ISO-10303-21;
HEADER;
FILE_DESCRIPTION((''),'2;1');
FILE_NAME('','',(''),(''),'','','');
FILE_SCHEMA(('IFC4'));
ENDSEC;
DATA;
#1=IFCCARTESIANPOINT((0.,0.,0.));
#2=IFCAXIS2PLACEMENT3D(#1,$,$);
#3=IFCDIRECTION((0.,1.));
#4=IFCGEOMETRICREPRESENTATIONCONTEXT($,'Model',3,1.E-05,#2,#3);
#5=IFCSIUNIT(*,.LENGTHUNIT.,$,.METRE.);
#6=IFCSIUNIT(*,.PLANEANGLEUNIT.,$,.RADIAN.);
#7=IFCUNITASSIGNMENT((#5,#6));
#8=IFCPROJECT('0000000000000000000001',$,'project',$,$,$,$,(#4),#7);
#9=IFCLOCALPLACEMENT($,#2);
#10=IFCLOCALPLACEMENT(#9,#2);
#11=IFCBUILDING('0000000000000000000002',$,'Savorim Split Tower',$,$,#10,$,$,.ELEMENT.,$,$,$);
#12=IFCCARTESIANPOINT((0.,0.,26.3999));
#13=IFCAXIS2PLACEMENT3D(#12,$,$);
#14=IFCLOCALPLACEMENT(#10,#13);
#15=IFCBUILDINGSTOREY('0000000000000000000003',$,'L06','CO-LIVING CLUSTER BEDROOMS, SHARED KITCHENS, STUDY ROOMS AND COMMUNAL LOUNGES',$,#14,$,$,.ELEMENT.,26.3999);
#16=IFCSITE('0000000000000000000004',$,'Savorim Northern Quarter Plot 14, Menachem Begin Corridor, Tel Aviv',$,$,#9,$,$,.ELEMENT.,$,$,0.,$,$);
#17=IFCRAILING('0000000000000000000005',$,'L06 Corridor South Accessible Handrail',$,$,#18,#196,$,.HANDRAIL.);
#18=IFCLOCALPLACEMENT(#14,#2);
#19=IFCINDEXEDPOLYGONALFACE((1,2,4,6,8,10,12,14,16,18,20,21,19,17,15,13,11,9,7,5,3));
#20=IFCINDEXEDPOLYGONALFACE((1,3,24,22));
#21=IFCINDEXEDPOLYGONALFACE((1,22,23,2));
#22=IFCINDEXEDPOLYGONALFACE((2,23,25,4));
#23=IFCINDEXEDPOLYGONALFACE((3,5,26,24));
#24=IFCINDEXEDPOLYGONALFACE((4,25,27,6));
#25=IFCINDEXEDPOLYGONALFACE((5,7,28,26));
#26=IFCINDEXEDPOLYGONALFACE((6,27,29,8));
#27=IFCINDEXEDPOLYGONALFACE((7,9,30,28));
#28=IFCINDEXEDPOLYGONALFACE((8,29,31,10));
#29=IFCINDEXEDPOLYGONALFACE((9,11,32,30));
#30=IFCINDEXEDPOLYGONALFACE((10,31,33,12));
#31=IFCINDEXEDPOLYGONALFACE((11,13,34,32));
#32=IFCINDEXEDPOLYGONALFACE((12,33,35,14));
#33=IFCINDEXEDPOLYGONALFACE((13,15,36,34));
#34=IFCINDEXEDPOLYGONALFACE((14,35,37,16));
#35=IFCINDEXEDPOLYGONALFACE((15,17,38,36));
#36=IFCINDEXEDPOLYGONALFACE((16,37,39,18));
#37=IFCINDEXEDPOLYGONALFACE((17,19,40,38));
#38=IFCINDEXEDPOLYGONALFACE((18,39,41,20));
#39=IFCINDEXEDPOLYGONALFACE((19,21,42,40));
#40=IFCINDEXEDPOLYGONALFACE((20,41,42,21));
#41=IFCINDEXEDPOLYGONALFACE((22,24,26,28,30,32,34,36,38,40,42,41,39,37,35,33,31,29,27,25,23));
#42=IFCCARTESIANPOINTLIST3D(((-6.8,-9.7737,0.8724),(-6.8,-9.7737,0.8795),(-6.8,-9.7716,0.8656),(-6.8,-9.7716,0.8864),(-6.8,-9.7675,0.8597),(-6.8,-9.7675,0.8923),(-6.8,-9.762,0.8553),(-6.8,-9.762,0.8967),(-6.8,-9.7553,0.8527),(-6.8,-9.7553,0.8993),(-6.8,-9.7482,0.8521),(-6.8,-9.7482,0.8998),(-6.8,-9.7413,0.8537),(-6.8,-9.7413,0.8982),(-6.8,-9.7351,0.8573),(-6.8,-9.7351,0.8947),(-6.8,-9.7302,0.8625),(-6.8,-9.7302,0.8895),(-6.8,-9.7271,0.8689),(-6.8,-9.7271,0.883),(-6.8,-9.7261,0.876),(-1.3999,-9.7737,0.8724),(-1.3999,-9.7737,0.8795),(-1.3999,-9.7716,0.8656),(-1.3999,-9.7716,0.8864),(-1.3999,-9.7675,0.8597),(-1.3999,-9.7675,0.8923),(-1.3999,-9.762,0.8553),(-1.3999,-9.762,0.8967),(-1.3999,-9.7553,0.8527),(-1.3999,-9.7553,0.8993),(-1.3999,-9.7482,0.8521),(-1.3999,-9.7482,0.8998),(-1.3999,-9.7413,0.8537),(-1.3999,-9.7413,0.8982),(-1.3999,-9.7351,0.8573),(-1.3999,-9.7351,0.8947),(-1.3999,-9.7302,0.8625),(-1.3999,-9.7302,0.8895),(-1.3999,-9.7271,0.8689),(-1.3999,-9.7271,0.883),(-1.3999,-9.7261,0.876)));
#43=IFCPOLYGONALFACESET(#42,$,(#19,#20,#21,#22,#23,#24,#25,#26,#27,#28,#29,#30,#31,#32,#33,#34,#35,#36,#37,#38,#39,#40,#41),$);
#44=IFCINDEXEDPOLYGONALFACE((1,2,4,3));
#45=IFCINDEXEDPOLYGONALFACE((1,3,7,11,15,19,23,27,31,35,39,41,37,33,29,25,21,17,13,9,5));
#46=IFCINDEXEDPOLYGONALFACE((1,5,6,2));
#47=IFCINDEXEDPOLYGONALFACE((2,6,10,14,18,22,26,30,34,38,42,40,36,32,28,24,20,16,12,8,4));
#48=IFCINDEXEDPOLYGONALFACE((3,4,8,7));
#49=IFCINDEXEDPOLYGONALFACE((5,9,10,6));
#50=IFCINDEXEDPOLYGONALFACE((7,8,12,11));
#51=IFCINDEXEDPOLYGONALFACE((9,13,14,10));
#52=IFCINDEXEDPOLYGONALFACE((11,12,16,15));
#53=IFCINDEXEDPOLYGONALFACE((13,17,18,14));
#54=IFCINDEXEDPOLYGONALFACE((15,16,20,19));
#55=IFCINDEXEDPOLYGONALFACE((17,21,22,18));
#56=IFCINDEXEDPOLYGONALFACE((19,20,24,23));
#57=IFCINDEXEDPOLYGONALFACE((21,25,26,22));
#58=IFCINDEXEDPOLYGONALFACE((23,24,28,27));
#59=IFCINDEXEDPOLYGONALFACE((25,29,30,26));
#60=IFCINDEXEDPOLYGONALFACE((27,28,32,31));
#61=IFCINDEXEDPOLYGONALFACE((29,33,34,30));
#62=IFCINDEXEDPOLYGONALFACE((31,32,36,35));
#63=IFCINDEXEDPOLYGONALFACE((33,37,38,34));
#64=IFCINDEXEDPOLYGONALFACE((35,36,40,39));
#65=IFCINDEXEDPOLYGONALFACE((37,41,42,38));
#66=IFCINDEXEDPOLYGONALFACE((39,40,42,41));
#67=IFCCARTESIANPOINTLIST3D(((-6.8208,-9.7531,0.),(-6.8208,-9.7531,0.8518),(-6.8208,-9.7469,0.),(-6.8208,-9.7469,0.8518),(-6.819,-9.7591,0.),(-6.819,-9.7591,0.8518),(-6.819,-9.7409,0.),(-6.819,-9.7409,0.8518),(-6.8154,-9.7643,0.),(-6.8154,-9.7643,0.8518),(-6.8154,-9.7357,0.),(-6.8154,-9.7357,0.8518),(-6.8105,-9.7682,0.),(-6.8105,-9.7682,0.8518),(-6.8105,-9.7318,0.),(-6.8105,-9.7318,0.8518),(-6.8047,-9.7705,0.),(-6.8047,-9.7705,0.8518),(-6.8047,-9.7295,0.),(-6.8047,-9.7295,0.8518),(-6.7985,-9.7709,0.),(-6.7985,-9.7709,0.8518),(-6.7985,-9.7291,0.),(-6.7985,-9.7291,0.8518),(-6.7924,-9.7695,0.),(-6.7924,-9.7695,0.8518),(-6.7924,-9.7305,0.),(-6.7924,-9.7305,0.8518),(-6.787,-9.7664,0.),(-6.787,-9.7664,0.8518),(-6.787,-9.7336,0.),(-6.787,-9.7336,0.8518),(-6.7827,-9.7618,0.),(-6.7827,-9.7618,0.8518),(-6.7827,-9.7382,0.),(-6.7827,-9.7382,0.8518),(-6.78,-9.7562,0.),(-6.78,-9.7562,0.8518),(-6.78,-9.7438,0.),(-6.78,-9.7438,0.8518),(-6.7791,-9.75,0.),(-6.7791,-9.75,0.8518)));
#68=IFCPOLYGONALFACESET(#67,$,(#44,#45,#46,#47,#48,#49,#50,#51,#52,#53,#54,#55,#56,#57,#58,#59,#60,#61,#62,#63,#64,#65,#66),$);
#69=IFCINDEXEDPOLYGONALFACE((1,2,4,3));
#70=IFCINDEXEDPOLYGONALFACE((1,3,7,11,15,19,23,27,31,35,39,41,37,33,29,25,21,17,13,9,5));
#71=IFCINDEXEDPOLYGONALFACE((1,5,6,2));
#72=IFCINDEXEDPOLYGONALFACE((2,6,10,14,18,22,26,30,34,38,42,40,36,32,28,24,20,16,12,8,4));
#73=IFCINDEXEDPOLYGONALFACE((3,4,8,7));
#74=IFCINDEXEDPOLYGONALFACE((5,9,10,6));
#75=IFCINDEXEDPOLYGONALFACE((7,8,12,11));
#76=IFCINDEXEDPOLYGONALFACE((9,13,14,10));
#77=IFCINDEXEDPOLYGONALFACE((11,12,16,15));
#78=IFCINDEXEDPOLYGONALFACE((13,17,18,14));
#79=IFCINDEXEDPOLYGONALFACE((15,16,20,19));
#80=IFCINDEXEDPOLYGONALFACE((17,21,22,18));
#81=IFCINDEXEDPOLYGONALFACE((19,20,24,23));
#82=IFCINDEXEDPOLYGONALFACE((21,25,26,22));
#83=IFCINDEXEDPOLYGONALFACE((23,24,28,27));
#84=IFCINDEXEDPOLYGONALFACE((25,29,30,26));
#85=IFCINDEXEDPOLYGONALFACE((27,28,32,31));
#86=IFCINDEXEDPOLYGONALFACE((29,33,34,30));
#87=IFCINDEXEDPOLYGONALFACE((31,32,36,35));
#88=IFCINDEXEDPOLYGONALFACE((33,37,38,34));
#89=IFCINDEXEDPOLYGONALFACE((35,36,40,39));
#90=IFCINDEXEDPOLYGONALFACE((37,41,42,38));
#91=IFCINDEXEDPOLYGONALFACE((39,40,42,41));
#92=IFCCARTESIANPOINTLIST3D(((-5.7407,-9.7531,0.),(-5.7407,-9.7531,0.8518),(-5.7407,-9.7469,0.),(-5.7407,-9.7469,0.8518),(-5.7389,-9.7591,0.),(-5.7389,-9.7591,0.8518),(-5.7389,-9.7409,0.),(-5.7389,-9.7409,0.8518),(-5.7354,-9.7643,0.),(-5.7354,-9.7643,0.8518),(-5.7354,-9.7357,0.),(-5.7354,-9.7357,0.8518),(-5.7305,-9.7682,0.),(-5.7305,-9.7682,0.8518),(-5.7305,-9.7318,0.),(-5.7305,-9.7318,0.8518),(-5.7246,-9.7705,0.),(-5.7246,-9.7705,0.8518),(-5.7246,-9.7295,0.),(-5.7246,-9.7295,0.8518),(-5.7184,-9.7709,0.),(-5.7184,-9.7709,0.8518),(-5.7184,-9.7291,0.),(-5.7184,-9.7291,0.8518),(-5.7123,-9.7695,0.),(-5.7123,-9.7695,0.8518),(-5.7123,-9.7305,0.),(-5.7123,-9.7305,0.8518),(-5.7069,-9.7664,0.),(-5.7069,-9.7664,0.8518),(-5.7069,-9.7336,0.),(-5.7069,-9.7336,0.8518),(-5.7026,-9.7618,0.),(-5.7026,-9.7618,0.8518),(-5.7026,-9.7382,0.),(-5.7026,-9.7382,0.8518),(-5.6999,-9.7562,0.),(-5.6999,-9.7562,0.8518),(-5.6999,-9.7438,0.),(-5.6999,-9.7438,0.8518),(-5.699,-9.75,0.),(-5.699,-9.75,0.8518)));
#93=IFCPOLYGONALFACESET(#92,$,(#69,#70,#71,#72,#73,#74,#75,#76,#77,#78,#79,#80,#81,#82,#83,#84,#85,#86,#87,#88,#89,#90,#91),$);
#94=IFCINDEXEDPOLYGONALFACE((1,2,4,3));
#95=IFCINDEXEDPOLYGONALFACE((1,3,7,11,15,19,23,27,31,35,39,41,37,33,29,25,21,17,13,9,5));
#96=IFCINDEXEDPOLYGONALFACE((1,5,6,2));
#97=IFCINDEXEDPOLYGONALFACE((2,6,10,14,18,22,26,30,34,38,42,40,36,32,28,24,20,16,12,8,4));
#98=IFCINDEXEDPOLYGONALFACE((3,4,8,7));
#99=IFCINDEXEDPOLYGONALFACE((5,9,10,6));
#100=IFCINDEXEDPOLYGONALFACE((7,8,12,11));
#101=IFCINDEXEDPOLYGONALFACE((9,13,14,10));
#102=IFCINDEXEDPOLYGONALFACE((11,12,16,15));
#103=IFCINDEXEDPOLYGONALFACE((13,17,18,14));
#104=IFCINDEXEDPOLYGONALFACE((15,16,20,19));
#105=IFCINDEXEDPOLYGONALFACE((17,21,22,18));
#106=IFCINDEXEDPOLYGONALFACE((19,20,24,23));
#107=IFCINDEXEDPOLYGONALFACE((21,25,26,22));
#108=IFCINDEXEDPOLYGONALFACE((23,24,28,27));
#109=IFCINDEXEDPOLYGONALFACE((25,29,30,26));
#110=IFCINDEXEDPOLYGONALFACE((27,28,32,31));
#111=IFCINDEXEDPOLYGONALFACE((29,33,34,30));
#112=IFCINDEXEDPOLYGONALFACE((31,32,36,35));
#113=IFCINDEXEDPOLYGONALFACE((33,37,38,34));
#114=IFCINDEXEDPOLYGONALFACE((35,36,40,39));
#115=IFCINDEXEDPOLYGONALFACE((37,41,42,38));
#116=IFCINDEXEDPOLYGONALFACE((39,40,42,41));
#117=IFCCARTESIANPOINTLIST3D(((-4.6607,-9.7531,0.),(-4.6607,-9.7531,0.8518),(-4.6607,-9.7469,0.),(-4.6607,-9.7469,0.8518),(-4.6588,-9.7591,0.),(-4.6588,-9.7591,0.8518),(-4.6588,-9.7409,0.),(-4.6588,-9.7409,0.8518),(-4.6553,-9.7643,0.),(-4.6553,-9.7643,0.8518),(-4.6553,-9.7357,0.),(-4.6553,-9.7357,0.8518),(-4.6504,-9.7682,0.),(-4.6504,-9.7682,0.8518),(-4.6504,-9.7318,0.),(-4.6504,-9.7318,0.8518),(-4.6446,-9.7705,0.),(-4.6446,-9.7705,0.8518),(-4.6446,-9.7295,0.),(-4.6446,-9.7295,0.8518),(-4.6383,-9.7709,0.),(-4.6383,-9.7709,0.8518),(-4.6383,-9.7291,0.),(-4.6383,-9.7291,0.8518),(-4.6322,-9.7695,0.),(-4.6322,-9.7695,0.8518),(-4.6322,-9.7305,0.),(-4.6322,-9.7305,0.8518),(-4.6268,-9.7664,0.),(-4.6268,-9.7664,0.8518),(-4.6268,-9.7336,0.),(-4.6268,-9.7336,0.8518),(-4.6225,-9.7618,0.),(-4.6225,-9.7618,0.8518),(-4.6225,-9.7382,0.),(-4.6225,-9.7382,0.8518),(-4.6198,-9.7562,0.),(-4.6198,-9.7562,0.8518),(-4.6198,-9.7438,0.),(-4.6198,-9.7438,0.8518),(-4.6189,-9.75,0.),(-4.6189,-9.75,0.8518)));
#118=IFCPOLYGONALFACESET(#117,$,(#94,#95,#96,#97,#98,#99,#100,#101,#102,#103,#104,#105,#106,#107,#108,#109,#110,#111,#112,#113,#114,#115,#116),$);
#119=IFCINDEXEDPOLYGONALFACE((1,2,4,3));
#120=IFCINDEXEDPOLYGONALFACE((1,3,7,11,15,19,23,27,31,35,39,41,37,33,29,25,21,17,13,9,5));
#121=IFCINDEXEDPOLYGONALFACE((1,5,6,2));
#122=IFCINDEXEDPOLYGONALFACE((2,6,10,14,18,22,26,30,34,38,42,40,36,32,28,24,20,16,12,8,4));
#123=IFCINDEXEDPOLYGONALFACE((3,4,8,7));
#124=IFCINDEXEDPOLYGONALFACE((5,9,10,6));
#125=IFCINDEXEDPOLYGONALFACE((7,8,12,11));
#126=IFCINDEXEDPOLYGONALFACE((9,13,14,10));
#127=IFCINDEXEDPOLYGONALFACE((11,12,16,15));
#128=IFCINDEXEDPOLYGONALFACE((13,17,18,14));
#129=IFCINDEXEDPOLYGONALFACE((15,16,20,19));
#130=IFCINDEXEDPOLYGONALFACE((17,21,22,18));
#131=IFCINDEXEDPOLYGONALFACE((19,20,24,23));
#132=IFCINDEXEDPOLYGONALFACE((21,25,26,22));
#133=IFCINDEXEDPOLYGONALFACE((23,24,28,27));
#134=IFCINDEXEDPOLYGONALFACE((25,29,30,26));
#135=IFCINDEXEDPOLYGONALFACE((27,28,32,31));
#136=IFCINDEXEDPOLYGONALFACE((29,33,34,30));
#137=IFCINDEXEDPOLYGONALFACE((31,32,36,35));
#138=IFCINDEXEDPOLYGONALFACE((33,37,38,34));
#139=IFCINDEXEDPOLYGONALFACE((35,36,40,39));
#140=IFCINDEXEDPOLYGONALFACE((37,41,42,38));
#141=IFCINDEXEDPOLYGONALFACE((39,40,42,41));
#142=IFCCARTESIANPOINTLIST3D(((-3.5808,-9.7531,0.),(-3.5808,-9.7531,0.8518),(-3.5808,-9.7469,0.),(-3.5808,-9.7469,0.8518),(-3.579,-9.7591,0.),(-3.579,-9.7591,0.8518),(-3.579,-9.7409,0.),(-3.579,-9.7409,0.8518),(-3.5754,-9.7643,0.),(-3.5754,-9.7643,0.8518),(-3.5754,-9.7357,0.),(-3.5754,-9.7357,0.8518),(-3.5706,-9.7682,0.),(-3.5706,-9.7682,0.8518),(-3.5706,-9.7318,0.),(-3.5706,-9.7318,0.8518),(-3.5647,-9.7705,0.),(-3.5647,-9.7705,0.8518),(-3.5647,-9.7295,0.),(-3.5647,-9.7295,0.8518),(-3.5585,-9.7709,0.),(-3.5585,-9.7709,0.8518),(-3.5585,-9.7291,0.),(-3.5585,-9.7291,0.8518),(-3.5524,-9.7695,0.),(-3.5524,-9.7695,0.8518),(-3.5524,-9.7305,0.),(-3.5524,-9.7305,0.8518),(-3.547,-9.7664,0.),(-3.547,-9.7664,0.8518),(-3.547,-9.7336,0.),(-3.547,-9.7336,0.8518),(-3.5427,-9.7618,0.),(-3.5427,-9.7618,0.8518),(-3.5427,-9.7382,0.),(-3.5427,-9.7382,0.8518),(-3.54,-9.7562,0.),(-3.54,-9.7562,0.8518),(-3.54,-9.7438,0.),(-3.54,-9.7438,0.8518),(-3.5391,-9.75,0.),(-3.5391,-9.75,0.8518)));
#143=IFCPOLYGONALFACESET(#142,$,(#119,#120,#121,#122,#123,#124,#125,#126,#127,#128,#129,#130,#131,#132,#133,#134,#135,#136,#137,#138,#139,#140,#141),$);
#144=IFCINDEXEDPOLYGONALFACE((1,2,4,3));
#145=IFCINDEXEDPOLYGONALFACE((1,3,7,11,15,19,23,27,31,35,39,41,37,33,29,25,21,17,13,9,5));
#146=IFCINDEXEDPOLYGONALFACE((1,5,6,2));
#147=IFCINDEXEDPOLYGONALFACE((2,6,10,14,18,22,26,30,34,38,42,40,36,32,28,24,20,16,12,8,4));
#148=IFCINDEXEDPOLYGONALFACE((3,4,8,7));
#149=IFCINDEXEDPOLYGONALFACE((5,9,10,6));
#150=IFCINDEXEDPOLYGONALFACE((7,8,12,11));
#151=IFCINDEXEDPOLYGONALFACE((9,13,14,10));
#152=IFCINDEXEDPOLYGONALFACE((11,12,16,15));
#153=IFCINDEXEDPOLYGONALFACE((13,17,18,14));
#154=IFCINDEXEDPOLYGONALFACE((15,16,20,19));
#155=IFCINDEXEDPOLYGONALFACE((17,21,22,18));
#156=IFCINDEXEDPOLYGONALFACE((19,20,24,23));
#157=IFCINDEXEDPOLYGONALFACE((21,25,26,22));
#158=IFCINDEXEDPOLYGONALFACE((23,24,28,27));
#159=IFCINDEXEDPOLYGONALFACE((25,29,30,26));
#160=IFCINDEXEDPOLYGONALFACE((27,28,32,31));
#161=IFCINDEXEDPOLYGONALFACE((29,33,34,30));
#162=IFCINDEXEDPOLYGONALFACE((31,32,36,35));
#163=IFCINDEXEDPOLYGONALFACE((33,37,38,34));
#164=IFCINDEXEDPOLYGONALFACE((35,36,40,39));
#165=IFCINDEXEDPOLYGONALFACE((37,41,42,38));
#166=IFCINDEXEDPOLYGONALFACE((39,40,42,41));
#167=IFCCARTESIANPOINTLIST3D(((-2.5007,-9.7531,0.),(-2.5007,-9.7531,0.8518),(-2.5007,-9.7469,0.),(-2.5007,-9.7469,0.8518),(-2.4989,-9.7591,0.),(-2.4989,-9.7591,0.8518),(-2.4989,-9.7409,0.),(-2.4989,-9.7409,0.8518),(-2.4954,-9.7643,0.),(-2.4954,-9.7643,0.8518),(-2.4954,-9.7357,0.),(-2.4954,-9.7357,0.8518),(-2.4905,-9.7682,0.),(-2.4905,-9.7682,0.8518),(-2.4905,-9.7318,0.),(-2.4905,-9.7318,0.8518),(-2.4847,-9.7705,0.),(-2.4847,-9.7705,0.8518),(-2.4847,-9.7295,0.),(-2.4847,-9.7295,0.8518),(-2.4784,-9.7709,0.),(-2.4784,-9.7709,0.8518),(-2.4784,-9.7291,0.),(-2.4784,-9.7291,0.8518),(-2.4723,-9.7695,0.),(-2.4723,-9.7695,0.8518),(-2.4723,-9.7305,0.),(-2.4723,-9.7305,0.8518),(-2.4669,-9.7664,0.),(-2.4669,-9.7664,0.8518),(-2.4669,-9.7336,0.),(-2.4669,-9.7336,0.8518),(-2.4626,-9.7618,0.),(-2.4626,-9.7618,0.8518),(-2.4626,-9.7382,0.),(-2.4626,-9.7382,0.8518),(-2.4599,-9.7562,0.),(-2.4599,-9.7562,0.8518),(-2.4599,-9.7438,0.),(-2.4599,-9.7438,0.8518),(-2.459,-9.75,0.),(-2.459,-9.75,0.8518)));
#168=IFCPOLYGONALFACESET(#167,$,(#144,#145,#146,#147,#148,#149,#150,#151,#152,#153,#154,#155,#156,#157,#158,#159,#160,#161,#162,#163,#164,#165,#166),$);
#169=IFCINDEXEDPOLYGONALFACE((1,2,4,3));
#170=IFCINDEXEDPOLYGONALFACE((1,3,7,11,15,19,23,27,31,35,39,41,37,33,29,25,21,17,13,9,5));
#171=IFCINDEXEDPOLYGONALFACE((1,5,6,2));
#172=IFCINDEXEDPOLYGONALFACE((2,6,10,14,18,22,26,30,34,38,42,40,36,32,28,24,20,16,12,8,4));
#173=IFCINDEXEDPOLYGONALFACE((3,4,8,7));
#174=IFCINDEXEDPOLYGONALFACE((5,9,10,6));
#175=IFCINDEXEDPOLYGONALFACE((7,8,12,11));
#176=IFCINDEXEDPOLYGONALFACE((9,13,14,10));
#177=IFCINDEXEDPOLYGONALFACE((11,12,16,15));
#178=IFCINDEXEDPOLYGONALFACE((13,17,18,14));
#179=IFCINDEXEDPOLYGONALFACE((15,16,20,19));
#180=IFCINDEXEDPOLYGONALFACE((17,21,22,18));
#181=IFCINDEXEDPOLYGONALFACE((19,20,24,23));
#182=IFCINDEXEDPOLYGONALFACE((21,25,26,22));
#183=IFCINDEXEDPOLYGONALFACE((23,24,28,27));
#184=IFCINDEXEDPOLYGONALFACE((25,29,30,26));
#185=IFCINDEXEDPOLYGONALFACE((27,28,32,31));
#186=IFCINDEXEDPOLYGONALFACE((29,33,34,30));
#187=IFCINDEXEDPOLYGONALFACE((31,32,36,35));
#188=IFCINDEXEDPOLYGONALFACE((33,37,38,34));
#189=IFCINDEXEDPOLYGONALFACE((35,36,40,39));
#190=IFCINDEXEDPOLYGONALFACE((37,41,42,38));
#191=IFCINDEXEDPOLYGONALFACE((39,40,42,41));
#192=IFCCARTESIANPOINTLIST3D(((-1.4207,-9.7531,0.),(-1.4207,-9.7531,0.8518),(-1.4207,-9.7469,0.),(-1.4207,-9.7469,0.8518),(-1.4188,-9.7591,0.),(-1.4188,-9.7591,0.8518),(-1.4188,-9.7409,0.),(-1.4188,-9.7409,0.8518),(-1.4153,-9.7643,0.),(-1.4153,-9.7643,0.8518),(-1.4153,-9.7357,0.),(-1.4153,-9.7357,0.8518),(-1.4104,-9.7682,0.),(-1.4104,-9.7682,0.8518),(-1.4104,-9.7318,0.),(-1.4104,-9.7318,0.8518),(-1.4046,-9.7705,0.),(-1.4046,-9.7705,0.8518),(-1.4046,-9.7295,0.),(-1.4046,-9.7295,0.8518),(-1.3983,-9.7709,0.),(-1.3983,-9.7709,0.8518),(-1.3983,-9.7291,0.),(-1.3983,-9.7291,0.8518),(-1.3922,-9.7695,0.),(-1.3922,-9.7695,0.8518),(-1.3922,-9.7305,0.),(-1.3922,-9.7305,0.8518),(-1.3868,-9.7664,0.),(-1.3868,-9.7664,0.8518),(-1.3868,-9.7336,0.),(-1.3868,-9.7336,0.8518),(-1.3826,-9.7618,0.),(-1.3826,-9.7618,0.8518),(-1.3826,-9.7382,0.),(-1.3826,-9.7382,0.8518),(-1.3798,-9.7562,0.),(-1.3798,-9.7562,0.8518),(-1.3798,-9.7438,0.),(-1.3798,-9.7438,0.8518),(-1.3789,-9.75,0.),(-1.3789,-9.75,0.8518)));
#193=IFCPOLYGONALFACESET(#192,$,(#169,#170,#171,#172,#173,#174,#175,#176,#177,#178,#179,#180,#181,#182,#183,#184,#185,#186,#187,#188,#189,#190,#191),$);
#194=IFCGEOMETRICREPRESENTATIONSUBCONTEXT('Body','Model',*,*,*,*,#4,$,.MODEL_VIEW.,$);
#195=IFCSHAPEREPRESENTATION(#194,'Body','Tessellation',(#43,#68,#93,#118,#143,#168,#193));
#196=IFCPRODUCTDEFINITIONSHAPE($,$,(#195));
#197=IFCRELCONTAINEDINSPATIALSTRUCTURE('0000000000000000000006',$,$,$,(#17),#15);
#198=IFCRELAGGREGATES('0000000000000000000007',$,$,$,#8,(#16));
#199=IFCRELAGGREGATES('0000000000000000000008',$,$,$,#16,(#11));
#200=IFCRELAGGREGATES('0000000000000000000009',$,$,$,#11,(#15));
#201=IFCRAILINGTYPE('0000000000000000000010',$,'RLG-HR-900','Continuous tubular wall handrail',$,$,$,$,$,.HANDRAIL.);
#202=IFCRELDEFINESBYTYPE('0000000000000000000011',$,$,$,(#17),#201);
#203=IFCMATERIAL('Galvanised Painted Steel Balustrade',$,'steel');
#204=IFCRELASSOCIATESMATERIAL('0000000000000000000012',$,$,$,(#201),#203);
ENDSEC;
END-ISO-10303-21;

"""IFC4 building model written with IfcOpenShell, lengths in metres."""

from ifc_helpers import new_model, si_unit, direction, frame, origin, origin_2d, place, context, subcontext, project, spatial, circle, extrude, material, type_object, element, save


model = new_model("IFC4")

# Units and contexts
model_context = context("Model", 3, precision=1e-05, world=origin(), true_north=direction((0.0, 1.0)))
body_context = subcontext(model_context, "Body", "Model", "MODEL_VIEW")
ifc_project = project(units=[si_unit("LENGTHUNIT", "METRE"), si_unit("PLANEANGLEUNIT", "RADIAN")], contexts=[model_context])

# Site, building, storey
site_placement = place(None, origin())
site = spatial("IfcSite", under=ifc_project, at=site_placement, Name="Savorim Northern Quarter Plot 14, Menachem Begin Corridor, Tel Aviv", CompositionType="ELEMENT", RefElevation=0.0)
building_placement = place(site_placement, origin())
building = spatial("IfcBuilding", under=site, at=building_placement, Name="Savorim Split Tower", CompositionType="ELEMENT")
storey_placement = place(building_placement, frame((0.0, 0.0, 26.3999)))
storey = spatial("IfcBuildingStorey", under=building, at=storey_placement, Name="L06", Description="CO-LIVING CLUSTER BEDROOMS, SHARED KITCHENS, STUDY ROOMS AND COMMUNAL LOUNGES", CompositionType="ELEMENT", Elevation=26.3999)

# Railing
ifc_material_1 = material(Name="Galvanised Painted Steel Balustrade", Category="steel")
railing_type_1 = type_object("IfcRailingType", Name="RLG-HR-900", Description="Continuous tubular wall handrail", PredefinedType="HANDRAIL", material=ifc_material_1)
railing_1_placement = place(storey_placement, frame((-6.8, -9.75, 0.0)))
element("IfcRailing", 1, at=railing_1_placement, inside=storey, type_object=railing_type_1, Name="L06 Corridor South Accessible Handrail", PredefinedType="HANDRAIL", context=body_context, shape_type="SweptSolid", body=[
    extrude(circle(Radius=0.0239, at=origin_2d()), frame((0.0, 0.0, 0.876), z_axis=(1.0, 0.0, 0.0), x_axis=(0.0, 1.0, 0.0)), (0.0, 0.0, 1.0), 5.4001),
    extrude(circle(Radius=0.021, at=origin_2d()), origin(), (0.0, 0.0, 1.0), 0.8518),
    extrude(circle(Radius=0.021, at=origin_2d()), frame((1.0801, 0.0, 0.0)), (0.0, 0.0, 1.0), 0.8518),
    extrude(circle(Radius=0.021, at=origin_2d()), frame((2.1602, 0.0, 0.0)), (0.0, 0.0, 1.0), 0.8518),
    extrude(circle(Radius=0.021, at=origin_2d()), frame((3.24, 0.0, 0.0)), (0.0, 0.0, 1.0), 0.8518),
    extrude(circle(Radius=0.021, at=origin_2d()), frame((4.3201, 0.0, 0.0)), (0.0, 0.0, 1.0), 0.8518),
    extrude(circle(Radius=0.021, at=origin_2d()), frame((5.4001, 0.0, 0.0)), (0.0, 0.0, 1.0), 0.8518),
])

save(model, "model.ifc")
